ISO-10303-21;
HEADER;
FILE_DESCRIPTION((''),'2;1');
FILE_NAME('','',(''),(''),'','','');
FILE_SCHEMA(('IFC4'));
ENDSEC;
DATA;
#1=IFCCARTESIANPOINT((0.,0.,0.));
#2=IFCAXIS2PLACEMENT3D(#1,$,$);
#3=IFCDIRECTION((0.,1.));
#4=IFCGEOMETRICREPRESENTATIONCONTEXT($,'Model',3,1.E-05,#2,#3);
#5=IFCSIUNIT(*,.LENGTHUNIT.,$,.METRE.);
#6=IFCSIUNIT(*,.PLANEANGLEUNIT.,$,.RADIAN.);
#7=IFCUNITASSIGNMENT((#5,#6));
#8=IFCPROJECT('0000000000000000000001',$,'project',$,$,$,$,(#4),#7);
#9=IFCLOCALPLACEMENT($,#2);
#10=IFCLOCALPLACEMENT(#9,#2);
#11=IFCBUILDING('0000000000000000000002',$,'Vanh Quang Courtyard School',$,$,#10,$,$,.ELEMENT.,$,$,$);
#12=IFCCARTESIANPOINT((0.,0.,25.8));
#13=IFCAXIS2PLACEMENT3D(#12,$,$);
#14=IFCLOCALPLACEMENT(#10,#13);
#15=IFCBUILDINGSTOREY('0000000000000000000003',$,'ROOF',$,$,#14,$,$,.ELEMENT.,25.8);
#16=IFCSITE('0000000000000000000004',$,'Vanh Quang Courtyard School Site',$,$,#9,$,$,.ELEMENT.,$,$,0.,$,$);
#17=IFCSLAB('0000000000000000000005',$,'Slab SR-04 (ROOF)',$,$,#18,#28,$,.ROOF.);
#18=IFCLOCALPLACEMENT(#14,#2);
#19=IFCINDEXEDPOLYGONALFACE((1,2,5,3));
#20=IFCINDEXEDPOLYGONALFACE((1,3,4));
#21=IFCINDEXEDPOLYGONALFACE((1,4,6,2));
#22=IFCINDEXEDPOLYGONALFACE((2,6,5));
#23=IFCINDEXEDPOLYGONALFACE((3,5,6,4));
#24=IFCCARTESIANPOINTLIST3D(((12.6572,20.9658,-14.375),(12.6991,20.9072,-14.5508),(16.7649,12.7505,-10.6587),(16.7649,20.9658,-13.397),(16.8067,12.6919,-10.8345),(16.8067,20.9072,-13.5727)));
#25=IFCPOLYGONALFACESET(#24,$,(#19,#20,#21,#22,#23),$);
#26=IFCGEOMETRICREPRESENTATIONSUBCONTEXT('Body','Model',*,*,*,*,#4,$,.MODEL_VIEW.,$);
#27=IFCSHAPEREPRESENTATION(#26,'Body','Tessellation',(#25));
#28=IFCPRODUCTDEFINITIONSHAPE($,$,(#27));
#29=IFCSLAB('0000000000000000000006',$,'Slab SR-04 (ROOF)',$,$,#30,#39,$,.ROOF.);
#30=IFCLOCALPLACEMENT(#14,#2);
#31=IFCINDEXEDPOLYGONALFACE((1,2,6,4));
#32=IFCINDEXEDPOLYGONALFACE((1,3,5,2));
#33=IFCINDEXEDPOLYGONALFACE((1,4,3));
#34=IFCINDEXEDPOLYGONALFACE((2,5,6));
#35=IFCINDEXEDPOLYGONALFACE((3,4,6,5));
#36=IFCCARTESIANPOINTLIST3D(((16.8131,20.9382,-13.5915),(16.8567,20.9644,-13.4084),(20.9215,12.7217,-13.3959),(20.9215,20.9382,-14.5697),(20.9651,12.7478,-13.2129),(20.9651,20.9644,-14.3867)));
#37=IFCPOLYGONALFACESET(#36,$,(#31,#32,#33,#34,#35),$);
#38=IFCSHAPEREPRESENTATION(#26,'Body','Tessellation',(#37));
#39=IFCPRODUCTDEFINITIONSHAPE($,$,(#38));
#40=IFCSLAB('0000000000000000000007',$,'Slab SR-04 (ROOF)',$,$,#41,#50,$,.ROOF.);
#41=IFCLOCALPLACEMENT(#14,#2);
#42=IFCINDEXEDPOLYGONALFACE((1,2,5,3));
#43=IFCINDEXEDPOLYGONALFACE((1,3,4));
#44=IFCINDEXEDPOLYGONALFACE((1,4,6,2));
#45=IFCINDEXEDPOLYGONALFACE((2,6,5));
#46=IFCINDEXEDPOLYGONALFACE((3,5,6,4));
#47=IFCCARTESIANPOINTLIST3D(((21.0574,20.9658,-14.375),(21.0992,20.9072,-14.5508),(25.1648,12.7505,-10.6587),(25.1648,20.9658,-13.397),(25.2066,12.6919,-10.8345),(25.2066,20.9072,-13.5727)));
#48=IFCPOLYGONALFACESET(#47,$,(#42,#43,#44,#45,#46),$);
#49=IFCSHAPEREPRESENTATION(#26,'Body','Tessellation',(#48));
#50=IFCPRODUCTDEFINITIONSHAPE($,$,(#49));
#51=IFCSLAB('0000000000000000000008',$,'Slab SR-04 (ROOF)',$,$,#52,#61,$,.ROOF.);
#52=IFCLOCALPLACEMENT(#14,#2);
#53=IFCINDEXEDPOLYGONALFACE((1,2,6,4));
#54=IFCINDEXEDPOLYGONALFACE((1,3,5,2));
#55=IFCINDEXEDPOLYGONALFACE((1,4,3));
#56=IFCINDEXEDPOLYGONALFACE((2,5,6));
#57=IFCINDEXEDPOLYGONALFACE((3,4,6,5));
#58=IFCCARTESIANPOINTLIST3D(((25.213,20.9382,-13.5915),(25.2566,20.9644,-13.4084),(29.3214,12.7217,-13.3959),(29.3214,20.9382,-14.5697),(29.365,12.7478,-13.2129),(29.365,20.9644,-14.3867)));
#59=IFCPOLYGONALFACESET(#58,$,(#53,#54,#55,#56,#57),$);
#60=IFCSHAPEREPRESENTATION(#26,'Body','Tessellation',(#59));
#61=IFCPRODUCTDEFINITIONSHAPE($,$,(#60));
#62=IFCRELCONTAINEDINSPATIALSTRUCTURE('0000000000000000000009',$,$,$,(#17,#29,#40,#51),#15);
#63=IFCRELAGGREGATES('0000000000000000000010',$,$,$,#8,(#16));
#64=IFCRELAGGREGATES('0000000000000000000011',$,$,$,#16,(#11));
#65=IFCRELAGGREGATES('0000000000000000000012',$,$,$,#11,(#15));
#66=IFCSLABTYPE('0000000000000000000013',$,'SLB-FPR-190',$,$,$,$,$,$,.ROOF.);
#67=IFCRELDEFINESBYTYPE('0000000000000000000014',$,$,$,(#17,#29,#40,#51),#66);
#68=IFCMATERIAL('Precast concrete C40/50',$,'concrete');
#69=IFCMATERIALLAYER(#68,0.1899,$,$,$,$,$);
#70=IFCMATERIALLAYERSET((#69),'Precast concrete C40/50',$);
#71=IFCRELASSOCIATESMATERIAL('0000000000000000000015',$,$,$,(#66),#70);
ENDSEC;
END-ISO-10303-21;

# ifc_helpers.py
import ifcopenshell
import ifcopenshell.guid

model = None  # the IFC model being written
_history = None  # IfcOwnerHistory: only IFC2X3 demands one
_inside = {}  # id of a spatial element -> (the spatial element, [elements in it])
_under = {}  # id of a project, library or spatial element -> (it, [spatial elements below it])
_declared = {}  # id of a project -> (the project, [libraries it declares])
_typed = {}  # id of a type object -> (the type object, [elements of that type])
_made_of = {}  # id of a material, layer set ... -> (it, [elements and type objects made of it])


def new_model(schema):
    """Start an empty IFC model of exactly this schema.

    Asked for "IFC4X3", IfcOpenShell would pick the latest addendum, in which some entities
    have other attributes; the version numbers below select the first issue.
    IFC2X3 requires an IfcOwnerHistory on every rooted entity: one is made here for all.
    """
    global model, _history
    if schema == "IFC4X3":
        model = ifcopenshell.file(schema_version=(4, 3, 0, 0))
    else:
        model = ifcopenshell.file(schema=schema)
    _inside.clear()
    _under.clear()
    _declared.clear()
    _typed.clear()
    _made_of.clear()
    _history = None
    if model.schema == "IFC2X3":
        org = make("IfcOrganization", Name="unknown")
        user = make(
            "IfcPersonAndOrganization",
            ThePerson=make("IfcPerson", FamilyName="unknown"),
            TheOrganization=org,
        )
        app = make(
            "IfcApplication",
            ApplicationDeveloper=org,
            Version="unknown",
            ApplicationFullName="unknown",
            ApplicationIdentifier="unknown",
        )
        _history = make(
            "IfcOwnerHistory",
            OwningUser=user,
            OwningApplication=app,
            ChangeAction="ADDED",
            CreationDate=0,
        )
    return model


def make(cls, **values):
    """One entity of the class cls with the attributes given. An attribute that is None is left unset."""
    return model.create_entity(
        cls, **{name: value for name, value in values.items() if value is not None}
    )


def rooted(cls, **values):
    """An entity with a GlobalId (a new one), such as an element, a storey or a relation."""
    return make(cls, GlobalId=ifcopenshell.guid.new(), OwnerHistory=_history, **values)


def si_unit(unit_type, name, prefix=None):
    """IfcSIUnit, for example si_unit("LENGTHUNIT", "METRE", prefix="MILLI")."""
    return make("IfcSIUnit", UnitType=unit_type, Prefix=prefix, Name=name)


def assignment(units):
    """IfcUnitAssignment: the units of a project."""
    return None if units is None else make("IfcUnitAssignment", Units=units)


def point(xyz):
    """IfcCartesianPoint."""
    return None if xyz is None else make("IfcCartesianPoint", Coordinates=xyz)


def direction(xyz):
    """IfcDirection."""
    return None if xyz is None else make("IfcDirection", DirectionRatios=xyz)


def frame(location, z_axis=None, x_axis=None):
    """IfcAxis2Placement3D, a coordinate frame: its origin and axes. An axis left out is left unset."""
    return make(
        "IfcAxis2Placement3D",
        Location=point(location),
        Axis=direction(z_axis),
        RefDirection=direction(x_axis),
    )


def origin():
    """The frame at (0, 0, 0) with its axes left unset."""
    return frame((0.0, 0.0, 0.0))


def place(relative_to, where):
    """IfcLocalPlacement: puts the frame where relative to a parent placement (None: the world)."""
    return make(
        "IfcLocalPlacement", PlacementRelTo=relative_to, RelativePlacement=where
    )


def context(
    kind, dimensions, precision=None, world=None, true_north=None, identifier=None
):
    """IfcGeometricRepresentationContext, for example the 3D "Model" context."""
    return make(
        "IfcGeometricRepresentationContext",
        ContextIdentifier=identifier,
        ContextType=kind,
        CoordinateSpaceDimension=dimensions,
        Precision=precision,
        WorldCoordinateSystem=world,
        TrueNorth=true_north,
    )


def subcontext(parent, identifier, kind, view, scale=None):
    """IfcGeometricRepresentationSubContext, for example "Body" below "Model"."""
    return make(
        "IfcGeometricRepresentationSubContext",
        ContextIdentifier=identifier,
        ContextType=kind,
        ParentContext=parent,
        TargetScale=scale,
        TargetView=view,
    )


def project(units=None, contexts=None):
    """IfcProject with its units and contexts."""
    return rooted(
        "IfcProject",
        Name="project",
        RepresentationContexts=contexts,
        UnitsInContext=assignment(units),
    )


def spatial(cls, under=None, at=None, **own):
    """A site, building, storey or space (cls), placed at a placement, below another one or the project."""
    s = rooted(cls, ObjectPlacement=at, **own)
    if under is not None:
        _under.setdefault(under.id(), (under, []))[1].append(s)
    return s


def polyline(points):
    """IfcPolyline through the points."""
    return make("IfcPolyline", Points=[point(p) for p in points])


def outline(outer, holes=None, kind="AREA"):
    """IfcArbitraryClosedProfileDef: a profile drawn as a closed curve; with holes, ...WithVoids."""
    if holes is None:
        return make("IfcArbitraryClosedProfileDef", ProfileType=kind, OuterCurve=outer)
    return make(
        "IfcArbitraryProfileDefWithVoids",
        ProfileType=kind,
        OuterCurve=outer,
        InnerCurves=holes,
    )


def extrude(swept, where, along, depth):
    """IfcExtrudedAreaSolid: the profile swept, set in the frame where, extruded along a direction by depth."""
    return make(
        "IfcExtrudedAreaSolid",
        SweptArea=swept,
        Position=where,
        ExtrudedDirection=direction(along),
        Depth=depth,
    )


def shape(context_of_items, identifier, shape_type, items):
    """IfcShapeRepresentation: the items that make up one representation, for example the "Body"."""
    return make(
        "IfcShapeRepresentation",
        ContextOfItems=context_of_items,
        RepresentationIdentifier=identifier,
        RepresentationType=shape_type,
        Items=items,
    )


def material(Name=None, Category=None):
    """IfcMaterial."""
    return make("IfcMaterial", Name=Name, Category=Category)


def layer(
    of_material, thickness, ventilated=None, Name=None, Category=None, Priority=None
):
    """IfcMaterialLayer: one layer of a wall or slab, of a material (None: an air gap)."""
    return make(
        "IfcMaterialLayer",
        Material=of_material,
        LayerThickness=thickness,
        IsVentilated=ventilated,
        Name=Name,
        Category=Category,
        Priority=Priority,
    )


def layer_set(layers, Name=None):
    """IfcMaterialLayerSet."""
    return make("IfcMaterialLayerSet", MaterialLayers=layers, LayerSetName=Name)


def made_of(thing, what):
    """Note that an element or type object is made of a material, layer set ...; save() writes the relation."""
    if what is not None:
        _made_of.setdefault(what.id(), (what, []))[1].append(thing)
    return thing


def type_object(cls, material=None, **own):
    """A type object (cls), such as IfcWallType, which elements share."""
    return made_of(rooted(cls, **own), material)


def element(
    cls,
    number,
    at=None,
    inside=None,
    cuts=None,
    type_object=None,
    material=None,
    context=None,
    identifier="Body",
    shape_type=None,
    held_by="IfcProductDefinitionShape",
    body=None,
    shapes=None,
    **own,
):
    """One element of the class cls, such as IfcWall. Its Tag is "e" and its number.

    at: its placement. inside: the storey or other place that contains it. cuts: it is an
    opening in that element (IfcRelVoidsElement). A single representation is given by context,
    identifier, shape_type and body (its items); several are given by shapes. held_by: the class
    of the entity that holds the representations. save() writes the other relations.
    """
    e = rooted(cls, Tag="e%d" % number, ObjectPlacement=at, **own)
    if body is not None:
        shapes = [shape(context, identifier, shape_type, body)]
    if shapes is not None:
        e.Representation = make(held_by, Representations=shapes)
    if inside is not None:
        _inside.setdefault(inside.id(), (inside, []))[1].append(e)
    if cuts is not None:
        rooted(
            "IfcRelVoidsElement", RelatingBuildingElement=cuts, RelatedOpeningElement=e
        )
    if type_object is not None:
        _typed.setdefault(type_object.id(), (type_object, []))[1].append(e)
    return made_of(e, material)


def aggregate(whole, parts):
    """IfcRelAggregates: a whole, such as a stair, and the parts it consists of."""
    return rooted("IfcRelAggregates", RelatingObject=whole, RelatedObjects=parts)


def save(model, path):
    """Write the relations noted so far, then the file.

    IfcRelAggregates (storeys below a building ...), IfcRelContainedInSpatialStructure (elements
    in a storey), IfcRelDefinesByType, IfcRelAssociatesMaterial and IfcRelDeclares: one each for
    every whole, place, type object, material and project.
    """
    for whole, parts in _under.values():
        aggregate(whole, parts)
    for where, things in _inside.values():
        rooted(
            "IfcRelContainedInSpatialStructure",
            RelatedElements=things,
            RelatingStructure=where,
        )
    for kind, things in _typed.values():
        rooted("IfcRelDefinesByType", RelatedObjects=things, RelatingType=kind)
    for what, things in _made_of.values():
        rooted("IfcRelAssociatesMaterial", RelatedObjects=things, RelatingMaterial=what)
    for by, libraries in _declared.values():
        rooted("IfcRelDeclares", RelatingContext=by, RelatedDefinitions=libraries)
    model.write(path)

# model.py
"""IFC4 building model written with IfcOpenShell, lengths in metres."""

from ifc_helpers import new_model, si_unit, direction, frame, origin, place, context, subcontext, project, spatial, polyline, outline, extrude, material, layer, layer_set, type_object, element, save


model = new_model("IFC4")

# Units and contexts
model_context = context("Model", 3, precision=1e-05, world=origin(), true_north=direction((0.0, 1.0)))
body_context = subcontext(model_context, "Body", "Model", "MODEL_VIEW")
ifc_project = project(units=[si_unit("LENGTHUNIT", "METRE"), si_unit("PLANEANGLEUNIT", "RADIAN")], contexts=[model_context])

# Site, building, storey
site_placement = place(None, origin())
site = spatial("IfcSite", under=ifc_project, at=site_placement, Name="Vanh Quang Courtyard School Site", CompositionType="ELEMENT", RefElevation=0.0)
building_placement = place(site_placement, origin())
building = spatial("IfcBuilding", under=site, at=building_placement, Name="Vanh Quang Courtyard School", CompositionType="ELEMENT")
storey_placement = place(building_placement, frame((0.0, 0.0, 25.8)))
storey = spatial("IfcBuildingStorey", under=building, at=storey_placement, Name="ROOF", CompositionType="ELEMENT", Elevation=25.8)

# Slabs
ifc_material_1 = material(Name="Precast concrete C40/50", Category="concrete")
ifc_layer_1 = layer(ifc_material_1, 0.1899)
ifc_layer_set_1 = layer_set([ifc_layer_1], Name="Precast concrete C40/50")
slab_type = type_object("IfcSlabType", Name="SLB-FPR-190", PredefinedType="ROOF", material=ifc_layer_set_1)
for number, where, z_axis, x_axis, name in (
    (1, (16.7649, 12.7505, -10.6587), (-0.22033, 0.30844, 0.925375), (-0.414566, 0.829132, -0.375068), "Slab SR-04 (ROOF)"),
):
    element("IfcSlab", number, at=place(storey_placement, frame(where, z_axis=z_axis, x_axis=x_axis)), inside=storey, type_object=slab_type, Name=name, PredefinedType="ROOF", context=body_context, shape_type="SweptSolid", body=[
        extrude(outline(polyline([(0.0, 0.0), (9.9084, 0.0), (7.8386, -3.6804), (0.0, 0.0)])), origin(), (0.0, 0.0, -1.0), 0.1899),
    ])
slab_1_placement = place(storey_placement, frame((20.9651, 12.7478, -13.2129), z_axis=(0.229434, 0.137653, 0.963541), x_axis=(-0.447123, 0.894219, -0.021283)))
element("IfcSlab", 2, at=slab_1_placement, inside=storey, type_object=slab_type, Name="Slab SR-04 (ROOF)", PredefinedType="ROOF", context=body_context, shape_type="SweptSolid", body=[
    extrude(outline(polyline([(0.0, 0.0), (9.1885, 0.0), (7.3724, -3.8128), (0.0, 0.0)])), origin(), (0.0, 0.0, -1.0), 0.1899),
])
slab_2_placement = place(storey_placement, frame((25.1648, 12.7505, -10.6587), z_axis=(-0.220343, 0.308439, 0.925373), x_axis=(-0.414545, 0.82914, -0.375072)))
element("IfcSlab", 3, at=slab_2_placement, inside=storey, type_object=slab_type, Name="Slab SR-04 (ROOF)", PredefinedType="ROOF", context=body_context, shape_type="SweptSolid", body=[
    extrude(outline(polyline([(0.0, 0.0), (9.9083, 0.0), (7.8387, -3.6803), (0.0, 0.0)])), origin(), (0.0, 0.0, -1.0), 0.1899),
])
slab_3_placement = place(storey_placement, frame((29.365, 12.7478, -13.2129), z_axis=(0.229434, 0.137653, 0.963541), x_axis=(-0.447123, 0.894219, -0.021283)))
element("IfcSlab", 4, at=slab_3_placement, inside=storey, type_object=slab_type, Name="Slab SR-04 (ROOF)", PredefinedType="ROOF", context=body_context, shape_type="SweptSolid", body=[
    extrude(outline(polyline([(0.0, 0.0), (9.1885, 0.0), (7.3724, -3.8128), (0.0, 0.0)])), origin(), (0.0, 0.0, -1.0), 0.1899),
])

save(model, "model.ifc")
